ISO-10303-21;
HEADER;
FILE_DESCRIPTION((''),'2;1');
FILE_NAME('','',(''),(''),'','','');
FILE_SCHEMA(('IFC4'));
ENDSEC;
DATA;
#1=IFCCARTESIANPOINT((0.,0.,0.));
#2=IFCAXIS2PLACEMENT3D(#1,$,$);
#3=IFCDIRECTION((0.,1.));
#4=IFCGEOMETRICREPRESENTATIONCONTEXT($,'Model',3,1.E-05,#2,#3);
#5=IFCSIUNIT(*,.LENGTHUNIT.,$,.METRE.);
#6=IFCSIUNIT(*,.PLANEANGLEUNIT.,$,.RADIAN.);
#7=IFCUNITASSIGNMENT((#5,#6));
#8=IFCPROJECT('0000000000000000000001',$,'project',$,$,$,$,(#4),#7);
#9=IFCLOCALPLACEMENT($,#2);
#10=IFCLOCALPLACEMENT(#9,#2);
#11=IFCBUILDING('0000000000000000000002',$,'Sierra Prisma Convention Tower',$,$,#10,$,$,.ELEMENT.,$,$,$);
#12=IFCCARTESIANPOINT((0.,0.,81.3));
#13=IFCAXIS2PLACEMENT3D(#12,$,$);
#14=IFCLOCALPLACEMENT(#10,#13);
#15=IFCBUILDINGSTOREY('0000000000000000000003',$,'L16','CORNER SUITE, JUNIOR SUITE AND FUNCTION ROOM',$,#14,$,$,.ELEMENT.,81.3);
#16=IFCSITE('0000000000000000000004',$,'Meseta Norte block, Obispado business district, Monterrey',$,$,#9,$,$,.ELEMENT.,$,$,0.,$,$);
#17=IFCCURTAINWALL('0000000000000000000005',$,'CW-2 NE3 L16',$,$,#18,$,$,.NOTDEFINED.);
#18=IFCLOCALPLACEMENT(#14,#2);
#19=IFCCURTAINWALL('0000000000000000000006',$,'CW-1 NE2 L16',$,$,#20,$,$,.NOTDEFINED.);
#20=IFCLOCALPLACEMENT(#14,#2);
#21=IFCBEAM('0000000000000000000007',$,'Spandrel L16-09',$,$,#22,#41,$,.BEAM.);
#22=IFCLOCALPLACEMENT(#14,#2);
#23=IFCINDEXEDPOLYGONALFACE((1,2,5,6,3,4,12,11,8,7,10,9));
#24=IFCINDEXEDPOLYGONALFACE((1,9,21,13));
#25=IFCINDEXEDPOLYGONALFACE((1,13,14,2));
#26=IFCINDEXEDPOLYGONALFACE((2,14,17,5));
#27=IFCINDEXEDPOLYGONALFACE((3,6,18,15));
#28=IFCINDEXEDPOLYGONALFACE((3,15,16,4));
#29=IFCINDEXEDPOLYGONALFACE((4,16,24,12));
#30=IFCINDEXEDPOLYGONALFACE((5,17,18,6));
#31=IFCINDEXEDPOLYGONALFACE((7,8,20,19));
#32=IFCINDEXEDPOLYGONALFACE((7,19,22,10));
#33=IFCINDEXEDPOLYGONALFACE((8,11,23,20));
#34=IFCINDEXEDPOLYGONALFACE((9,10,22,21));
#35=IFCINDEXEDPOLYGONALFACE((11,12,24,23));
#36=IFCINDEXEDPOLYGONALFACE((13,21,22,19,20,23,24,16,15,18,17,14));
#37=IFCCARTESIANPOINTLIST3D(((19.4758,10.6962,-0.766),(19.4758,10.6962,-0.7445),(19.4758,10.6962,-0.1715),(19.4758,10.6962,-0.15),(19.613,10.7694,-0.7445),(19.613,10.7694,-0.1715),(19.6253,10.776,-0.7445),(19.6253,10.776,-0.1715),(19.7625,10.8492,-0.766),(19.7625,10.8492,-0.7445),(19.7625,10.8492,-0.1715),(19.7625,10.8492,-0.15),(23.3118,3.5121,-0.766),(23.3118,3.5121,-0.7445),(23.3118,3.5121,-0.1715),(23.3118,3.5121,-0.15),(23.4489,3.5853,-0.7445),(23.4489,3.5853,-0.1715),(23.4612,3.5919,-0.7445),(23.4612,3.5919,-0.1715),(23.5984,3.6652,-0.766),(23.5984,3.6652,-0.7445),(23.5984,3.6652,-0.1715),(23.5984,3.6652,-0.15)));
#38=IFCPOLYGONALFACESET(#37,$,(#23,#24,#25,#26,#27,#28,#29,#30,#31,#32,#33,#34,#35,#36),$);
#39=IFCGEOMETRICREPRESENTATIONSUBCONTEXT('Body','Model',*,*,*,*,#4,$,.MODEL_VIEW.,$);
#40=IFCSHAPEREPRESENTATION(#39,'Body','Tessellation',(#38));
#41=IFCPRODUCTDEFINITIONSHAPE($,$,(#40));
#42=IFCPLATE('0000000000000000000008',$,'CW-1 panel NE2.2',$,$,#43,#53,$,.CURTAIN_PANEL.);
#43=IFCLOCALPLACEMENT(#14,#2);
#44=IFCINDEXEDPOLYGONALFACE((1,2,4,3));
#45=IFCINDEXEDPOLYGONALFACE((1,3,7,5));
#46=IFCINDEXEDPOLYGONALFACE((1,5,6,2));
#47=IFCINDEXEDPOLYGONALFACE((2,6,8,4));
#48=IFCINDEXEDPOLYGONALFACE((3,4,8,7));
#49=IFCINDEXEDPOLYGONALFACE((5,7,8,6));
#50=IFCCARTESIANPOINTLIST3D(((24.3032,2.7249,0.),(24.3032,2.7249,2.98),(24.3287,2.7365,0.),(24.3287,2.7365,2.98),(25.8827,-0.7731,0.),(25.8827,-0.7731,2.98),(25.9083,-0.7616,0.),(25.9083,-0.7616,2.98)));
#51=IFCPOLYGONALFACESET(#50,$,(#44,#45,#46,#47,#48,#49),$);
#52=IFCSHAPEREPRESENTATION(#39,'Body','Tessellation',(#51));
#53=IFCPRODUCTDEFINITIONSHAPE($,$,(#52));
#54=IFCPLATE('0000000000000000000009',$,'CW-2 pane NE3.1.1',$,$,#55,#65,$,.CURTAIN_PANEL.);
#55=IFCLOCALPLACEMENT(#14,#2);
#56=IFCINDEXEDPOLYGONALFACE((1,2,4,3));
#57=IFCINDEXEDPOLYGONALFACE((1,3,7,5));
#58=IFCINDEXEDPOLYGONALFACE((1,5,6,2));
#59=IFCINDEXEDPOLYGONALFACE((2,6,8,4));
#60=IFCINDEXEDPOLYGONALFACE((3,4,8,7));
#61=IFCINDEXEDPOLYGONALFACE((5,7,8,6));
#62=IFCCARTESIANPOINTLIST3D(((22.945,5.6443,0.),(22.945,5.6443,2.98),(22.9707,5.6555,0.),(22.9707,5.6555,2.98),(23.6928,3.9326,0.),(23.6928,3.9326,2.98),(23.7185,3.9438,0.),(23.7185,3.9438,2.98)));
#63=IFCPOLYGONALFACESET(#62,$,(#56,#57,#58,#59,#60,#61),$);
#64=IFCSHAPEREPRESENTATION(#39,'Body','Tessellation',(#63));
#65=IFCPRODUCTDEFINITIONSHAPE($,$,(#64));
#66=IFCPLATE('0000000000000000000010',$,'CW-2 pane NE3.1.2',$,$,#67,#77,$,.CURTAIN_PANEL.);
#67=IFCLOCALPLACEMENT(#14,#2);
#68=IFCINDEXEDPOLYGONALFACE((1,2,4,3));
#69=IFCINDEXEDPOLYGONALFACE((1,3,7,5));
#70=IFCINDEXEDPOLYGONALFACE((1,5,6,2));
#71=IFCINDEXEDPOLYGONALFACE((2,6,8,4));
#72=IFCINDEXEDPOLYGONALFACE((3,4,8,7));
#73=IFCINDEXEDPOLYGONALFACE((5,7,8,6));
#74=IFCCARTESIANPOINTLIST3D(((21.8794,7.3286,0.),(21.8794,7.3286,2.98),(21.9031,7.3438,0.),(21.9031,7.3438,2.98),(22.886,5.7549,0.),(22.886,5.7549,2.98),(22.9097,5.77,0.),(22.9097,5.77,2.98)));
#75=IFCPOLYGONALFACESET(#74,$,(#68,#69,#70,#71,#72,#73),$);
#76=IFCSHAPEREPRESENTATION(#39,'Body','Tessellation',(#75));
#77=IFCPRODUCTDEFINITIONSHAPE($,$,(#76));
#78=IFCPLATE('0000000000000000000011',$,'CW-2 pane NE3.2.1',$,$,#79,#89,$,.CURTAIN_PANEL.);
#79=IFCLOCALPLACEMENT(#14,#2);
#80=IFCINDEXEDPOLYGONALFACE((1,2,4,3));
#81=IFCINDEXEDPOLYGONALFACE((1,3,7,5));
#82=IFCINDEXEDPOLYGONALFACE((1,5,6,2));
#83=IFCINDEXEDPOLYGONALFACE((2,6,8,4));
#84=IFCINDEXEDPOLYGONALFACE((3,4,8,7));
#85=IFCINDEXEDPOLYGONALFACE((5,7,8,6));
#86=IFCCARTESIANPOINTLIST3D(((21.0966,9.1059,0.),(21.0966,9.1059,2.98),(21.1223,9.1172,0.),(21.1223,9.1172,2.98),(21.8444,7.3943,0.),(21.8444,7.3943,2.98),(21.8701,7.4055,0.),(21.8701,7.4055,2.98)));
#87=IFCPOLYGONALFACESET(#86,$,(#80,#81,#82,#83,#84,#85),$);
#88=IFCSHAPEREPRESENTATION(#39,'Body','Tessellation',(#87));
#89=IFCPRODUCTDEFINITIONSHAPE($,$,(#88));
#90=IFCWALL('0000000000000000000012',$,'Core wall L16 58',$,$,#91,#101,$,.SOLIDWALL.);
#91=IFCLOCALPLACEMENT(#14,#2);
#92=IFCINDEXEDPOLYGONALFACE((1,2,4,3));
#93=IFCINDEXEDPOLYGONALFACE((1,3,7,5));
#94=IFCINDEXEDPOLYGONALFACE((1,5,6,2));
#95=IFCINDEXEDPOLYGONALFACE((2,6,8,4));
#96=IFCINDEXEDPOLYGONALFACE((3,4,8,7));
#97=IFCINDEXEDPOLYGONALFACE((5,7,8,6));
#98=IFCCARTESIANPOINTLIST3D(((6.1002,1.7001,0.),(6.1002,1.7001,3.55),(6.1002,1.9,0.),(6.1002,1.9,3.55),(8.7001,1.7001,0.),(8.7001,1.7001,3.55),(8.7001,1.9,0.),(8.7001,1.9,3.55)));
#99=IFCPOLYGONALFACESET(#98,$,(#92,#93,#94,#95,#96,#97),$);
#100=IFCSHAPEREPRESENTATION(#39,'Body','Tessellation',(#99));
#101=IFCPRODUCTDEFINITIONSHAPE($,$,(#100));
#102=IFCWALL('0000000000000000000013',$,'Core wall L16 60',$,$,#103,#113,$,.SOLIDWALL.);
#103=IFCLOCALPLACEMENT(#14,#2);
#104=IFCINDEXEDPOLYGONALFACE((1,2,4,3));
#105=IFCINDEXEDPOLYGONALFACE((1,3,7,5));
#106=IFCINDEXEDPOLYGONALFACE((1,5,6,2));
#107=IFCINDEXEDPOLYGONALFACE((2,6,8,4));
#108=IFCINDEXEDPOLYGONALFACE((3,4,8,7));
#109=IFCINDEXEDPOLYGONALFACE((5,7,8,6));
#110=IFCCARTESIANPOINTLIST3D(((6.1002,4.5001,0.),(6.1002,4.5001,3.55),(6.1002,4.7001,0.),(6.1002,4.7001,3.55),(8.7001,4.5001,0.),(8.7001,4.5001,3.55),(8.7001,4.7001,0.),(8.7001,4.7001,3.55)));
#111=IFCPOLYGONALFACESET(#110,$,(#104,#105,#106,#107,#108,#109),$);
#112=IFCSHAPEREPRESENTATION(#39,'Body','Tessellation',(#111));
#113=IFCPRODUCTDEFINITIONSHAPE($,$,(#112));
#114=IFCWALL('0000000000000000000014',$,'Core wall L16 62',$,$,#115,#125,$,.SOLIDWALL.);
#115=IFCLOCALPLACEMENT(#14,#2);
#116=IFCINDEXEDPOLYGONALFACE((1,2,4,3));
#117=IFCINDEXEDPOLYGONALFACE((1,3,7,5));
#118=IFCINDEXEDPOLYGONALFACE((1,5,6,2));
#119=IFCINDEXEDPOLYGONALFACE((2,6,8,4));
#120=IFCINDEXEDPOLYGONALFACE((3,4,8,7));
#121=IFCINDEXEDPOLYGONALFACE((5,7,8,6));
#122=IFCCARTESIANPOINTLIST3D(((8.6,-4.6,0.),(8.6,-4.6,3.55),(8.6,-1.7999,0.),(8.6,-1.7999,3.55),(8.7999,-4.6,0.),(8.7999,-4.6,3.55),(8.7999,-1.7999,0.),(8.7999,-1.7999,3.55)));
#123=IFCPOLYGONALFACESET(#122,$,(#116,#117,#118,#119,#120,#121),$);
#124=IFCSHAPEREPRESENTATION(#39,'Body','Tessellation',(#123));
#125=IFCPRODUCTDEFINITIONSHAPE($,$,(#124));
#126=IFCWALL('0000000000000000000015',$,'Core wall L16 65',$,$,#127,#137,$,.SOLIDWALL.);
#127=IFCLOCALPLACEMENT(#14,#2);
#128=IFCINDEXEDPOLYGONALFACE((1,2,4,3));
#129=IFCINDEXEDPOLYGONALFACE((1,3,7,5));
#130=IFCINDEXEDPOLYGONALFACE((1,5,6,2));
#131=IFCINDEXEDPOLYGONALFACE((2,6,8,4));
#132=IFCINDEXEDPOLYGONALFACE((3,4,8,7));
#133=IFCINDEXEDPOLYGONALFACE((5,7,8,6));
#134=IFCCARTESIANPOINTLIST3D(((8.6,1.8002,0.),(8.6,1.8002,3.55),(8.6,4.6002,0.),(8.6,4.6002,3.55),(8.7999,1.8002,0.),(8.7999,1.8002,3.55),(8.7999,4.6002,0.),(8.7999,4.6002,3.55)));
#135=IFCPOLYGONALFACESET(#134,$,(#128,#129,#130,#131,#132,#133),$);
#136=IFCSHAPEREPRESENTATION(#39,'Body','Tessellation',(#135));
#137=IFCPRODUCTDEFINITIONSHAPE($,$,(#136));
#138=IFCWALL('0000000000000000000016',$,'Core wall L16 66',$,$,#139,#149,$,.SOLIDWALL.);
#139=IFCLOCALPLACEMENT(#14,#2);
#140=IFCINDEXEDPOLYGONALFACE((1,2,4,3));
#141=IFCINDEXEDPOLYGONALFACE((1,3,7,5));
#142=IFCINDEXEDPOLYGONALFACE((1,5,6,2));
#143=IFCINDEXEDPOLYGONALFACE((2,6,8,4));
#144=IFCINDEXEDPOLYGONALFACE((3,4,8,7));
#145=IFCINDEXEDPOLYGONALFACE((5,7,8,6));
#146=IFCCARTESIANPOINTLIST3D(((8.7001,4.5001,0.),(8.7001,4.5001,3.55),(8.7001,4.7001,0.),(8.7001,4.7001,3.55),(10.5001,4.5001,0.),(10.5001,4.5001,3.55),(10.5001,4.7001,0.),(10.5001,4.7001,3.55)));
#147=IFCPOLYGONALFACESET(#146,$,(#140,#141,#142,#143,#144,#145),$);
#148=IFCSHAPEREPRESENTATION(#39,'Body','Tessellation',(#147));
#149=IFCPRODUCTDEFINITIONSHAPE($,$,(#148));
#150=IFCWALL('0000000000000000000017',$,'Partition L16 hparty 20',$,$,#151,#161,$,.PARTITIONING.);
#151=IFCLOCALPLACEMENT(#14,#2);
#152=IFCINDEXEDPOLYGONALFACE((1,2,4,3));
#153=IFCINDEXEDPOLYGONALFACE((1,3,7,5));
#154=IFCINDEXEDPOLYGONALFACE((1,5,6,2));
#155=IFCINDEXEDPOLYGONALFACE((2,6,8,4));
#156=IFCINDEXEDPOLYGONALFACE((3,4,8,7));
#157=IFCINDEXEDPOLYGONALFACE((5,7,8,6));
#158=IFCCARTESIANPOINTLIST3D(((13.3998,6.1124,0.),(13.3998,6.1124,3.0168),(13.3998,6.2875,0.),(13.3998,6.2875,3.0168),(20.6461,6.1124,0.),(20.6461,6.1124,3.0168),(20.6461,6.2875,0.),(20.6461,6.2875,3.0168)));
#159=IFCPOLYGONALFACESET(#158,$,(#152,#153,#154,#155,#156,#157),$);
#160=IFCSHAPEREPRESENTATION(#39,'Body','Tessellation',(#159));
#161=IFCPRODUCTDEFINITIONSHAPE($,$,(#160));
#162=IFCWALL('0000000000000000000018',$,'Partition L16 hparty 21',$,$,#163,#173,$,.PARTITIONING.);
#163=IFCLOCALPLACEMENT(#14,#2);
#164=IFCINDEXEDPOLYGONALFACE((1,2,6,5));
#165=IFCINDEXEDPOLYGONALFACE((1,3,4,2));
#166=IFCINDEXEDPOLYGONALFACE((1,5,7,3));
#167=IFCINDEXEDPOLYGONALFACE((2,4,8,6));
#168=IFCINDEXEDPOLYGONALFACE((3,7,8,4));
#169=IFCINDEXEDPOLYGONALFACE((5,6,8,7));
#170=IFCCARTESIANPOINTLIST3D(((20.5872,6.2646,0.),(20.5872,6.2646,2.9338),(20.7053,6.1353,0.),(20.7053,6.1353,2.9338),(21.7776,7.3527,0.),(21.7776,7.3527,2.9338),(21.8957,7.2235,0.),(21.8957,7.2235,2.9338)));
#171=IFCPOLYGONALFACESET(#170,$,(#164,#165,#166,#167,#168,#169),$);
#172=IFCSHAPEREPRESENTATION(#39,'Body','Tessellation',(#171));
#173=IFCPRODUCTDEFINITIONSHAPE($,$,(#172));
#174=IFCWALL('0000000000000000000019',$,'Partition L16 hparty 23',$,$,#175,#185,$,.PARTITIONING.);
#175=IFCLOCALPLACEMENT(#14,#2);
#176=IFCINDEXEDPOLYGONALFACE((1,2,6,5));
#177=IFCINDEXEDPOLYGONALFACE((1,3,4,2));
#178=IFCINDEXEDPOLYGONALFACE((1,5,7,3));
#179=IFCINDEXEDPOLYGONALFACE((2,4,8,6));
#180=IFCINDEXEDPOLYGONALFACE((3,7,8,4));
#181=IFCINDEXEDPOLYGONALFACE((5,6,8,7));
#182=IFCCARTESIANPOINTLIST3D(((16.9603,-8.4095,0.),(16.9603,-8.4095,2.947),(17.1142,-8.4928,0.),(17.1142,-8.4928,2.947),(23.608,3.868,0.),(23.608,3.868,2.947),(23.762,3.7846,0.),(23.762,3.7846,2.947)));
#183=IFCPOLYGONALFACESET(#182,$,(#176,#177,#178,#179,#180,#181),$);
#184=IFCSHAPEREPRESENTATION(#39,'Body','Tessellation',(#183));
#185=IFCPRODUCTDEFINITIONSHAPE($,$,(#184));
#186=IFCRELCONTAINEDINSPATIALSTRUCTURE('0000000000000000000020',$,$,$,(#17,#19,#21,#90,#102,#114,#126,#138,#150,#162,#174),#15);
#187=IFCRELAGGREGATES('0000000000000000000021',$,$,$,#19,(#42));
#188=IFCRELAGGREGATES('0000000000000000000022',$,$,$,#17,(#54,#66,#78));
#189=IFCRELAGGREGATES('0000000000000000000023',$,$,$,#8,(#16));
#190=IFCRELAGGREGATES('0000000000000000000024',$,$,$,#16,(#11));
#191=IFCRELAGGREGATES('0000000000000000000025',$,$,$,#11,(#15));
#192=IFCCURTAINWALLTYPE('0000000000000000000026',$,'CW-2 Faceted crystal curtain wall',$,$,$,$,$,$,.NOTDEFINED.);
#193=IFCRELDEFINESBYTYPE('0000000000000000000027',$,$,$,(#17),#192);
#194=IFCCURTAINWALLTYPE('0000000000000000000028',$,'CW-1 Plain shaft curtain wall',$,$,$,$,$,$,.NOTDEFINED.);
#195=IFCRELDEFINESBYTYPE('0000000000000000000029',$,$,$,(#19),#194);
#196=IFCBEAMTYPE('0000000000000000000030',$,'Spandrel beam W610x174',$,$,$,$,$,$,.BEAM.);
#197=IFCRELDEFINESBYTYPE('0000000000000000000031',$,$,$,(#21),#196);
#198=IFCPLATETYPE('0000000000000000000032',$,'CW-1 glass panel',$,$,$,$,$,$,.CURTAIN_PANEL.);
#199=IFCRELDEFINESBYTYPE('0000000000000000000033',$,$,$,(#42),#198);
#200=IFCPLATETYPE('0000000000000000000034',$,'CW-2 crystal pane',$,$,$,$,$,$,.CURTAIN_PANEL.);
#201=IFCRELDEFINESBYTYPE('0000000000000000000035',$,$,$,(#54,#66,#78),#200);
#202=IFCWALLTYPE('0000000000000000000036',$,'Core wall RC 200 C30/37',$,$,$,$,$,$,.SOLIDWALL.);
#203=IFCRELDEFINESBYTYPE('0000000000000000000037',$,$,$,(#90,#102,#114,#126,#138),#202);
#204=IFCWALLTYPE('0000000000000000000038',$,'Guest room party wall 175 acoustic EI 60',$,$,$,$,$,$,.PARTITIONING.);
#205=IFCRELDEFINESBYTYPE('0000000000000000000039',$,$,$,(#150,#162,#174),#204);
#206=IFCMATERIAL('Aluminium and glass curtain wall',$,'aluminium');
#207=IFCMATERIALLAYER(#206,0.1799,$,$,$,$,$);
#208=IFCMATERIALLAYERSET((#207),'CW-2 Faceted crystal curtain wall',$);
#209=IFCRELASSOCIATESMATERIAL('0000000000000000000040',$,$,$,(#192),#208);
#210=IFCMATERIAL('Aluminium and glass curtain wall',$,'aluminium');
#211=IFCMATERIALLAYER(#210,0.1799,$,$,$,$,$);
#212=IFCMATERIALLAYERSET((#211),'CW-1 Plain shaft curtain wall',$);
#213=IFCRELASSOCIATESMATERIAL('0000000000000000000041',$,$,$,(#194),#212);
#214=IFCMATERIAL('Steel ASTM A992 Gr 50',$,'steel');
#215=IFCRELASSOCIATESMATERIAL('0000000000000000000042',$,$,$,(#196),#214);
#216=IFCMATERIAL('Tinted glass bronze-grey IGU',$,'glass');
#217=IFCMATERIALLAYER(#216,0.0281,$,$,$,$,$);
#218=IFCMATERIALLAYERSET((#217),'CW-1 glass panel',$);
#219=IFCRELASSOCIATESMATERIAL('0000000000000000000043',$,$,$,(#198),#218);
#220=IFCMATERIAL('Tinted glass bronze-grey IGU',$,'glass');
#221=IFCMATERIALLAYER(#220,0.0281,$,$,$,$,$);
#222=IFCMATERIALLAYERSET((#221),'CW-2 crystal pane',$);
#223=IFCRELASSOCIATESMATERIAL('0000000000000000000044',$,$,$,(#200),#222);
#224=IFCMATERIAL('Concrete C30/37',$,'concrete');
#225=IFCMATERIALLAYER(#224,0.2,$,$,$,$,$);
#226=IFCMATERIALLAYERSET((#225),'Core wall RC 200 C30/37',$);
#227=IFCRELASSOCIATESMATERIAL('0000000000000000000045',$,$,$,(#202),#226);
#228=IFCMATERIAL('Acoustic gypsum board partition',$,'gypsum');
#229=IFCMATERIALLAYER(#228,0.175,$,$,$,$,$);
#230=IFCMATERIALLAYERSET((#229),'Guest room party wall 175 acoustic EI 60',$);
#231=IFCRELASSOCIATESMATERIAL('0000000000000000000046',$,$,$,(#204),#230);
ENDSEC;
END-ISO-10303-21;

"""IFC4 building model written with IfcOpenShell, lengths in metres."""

from ifc_helpers import new_model, si_unit, direction, frame, frame_2d, origin, origin_2d, place, context, subcontext, project, spatial, polyline, rectangle, i_section, outline, extrude, material, layer, layer_set, material_profile, profile_set, type_object, element, aggregate, save


model = new_model("IFC4")

# Units and contexts
model_context = context("Model", 3, precision=1e-05, world=origin(), true_north=direction((0.0, 1.0)))
body_context = subcontext(model_context, "Body", "Model", "MODEL_VIEW")
ifc_project = project(units=[si_unit("LENGTHUNIT", "METRE"), si_unit("PLANEANGLEUNIT", "RADIAN")], contexts=[model_context])

# Site, building, storey
site_placement = place(None, origin())
site = spatial("IfcSite", under=ifc_project, at=site_placement, Name="Meseta Norte block, Obispado business district, Monterrey", CompositionType="ELEMENT", RefElevation=0.0)
building_placement = place(site_placement, origin())
building = spatial("IfcBuilding", under=site, at=building_placement, Name="Sierra Prisma Convention Tower", CompositionType="ELEMENT")
storey_placement = place(building_placement, frame((0.0, 0.0, 81.3)))
storey = spatial("IfcBuildingStorey", under=building, at=storey_placement, Name="L16", Description="CORNER SUITE, JUNIOR SUITE AND FUNCTION ROOM", CompositionType="ELEMENT", Elevation=81.3)

# Curtain walls
ifc_material_1 = material(Name="Aluminium and glass curtain wall", Category="aluminium")
ifc_layer_1 = layer(ifc_material_1, 0.1799)
ifc_layer_set_1 = layer_set([ifc_layer_1], Name="CW-2 Faceted crystal curtain wall")
curtain_wall_type_1 = type_object("IfcCurtainWallType", Name="CW-2 Faceted crystal curtain wall", PredefinedType="NOTDEFINED", material=ifc_layer_set_1)
curtain_wall_1_placement = place(storey_placement, origin())
curtain_wall_1 = element("IfcCurtainWall", 1, at=curtain_wall_1_placement, inside=storey, type_object=curtain_wall_type_1, Name="CW-2 NE3 L16", PredefinedType="NOTDEFINED")
ifc_material_2 = material(Name="Aluminium and glass curtain wall", Category="aluminium")
ifc_layer_2 = layer(ifc_material_2, 0.1799)
ifc_layer_set_2 = layer_set([ifc_layer_2], Name="CW-1 Plain shaft curtain wall")
curtain_wall_type_2 = type_object("IfcCurtainWallType", Name="CW-1 Plain shaft curtain wall", PredefinedType="NOTDEFINED", material=ifc_layer_set_2)
curtain_wall_2_placement = place(storey_placement, origin())
curtain_wall_2 = element("IfcCurtainWall", 2, at=curtain_wall_2_placement, inside=storey, type_object=curtain_wall_type_2, Name="CW-1 NE2 L16", PredefinedType="NOTDEFINED")

# Beam
ifc_material_3 = material(Name="Steel ASTM A992 Gr 50", Category="steel")
ifc_material_profile_1 = material_profile(ifc_material_3, i_section(OverallWidth=0.325, OverallDepth=0.616, WebThickness=0.0139, FlangeThickness=0.0215, at=origin_2d()), Name="W610x174")
ifc_profile_set_1 = profile_set([ifc_material_profile_1], Name="Steel ASTM A992 Gr 50")
beam_type_1 = type_object("IfcBeamType", Name="Spandrel beam W610x174", PredefinedType="BEAM", material=ifc_profile_set_1)
beam_1_placement = place(storey_placement, frame((23.4551, 3.5886, -0.458), z_axis=(-0.471011, 0.882127, 0.0), x_axis=(-0.882127, -0.471011, 0.0)))
element("IfcBeam", 3, at=beam_1_placement, inside=storey, type_object=beam_type_1, Name="Spandrel L16-09", PredefinedType="BEAM", context=body_context, shape_type="SweptSolid", body=[
    extrude(i_section(OverallWidth=0.325, OverallDepth=0.616, WebThickness=0.0139, FlangeThickness=0.0215, at=origin_2d()), origin(), (0.0, 0.0, 1.0), 8.144),
])

# Plates
ifc_material_4 = material(Name="Tinted glass bronze-grey IGU", Category="glass")
ifc_layer_3 = layer(ifc_material_4, 0.0281)
ifc_layer_set_3 = layer_set([ifc_layer_3], Name="CW-1 glass panel")
plate_type_1 = type_object("IfcPlateType", Name="CW-1 glass panel", PredefinedType="CURTAIN_PANEL", material=ifc_layer_set_3)
plate_1_placement = place(storey_placement, frame((25.1057, 0.9817, 0.0), z_axis=(0.0, 0.0, 1.0), x_axis=(-0.411534, 0.911394, 0.0)))
plate_1 = element("IfcPlate", 4, at=plate_1_placement, type_object=plate_type_1, Name="CW-1 panel NE2.2", PredefinedType="CURTAIN_PANEL", context=body_context, shape_type="SweptSolid", body=[
    extrude(rectangle(XDim=3.8381, YDim=0.0281, at=origin_2d()), origin(), (0.0, 0.0, 1.0), 2.98),
])
aggregate(curtain_wall_2, [plate_1])
ifc_material_5 = material(Name="Tinted glass bronze-grey IGU", Category="glass")
ifc_layer_4 = layer(ifc_material_5, 0.0281)
ifc_layer_set_4 = layer_set([ifc_layer_4], Name="CW-2 crystal pane")
plate_type_2 = type_object("IfcPlateType", Name="CW-2 crystal pane", PredefinedType="CURTAIN_PANEL", material=ifc_layer_set_4)
plate_2_placement = place(storey_placement, frame((23.7185, 3.9438, 0.0), z_axis=(0.916364, 0.400346, 0.0), x_axis=(-0.400346, 0.916364, 0.0)))
plate_2 = element("IfcPlate", 5, at=plate_2_placement, type_object=plate_type_2, Name="CW-2 pane NE3.1.1", PredefinedType="CURTAIN_PANEL", context=body_context, shape_type="SweptSolid", body=[
    extrude(outline(polyline([(0.0, 0.0), (1.8679, 0.0), (1.8679, 2.98), (0.0, 2.98), (0.0, 0.0)])), origin(), (0.0, 0.0, -1.0), 0.0281),
])
plate_3_placement = place(storey_placement, frame((21.9031, 7.3438, 0.0), z_axis=(0.842416, 0.538827, 0.0), x_axis=(0.538827, -0.842416, 0.0)))
plate_3 = element("IfcPlate", 6, at=plate_3_placement, type_object=plate_type_2, Name="CW-2 pane NE3.1.2", PredefinedType="CURTAIN_PANEL", context=body_context, shape_type="SweptSolid", body=[
    extrude(outline(polyline([(0.0, 0.0), (1.8681, 0.0), (1.8681, -2.98), (0.0, -2.98), (0.0, 0.0)])), origin(), (0.0, 0.0, -1.0), 0.0281),
])
plate_4_placement = place(storey_placement, frame((21.8701, 7.4055, 0.0), z_axis=(0.916364, 0.400346, 0.0), x_axis=(-0.400346, 0.916364, 0.0)))
plate_4 = element("IfcPlate", 7, at=plate_4_placement, type_object=plate_type_2, Name="CW-2 pane NE3.2.1", PredefinedType="CURTAIN_PANEL", context=body_context, shape_type="SweptSolid", body=[
    extrude(outline(polyline([(0.0, 0.0), (1.8679, 0.0), (1.8679, 2.98), (0.0, 2.98), (0.0, 0.0)])), origin(), (0.0, 0.0, -1.0), 0.0281),
])
aggregate(curtain_wall_1, [plate_2, plate_3, plate_4])

# Walls
ifc_material_6 = material(Name="Concrete C30/37", Category="concrete")
ifc_layer_5 = layer(ifc_material_6, 0.2)
ifc_layer_set_5 = layer_set([ifc_layer_5], Name="Core wall RC 200 C30/37")
wall_type_1 = type_object("IfcWallType", Name="Core wall RC 200 C30/37", PredefinedType="SOLIDWALL", material=ifc_layer_set_5)
for number, where, z_axis, x_axis, name in (
    (8, (8.7, 1.8, 0.0), (0.0, 0.0, 1.0), (-1.0, 0.0, 0.0), "Core wall L16 58"),
    (9, (8.7, 4.6001, 0.0), (0.0, 0.0, 1.0), (-1.0, 0.0, 0.0), "Core wall L16 60"),
):
    element("IfcWall", number, at=place(storey_placement, frame(where, z_axis=z_axis, x_axis=x_axis)), inside=storey, type_object=wall_type_1, Name=name, PredefinedType="SOLIDWALL", context=body_context, shape_type="SweptSolid", body=[
        extrude(rectangle(XDim=2.5999, YDim=0.2, at=frame_2d((1.2998, 0.0))), origin(), (0.0, 0.0, 1.0), 3.55),
    ])
wall_1_placement = place(storey_placement, frame((8.7, -1.8, 0.0), z_axis=(0.0, 0.0, 1.0), x_axis=(0.0, -1.0, 0.0)))
element("IfcWall", 10, at=wall_1_placement, inside=storey, type_object=wall_type_1, Name="Core wall L16 62", PredefinedType="SOLIDWALL", context=body_context, shape_type="SweptSolid", body=[
    extrude(rectangle(XDim=2.8, YDim=0.2, at=frame_2d((1.3999, 0.0))), origin(), (0.0, 0.0, 1.0), 3.55),
])

# Walls
wall_2_placement = place(storey_placement, frame((8.7, 4.6001, 0.0), z_axis=(0.0, 0.0, 1.0), x_axis=(0.0, -1.0, 0.0)))
element("IfcWall", 11, at=wall_2_placement, inside=storey, type_object=wall_type_1, Name="Core wall L16 65", PredefinedType="SOLIDWALL", context=body_context, shape_type="SweptSolid", body=[
    extrude(rectangle(XDim=2.8, YDim=0.2, at=frame_2d((1.3999, 0.0))), origin(), (0.0, 0.0, 1.0), 3.55),
])
wall_3_placement = place(storey_placement, frame((10.5, 4.6001, 0.0), z_axis=(0.0, 0.0, 1.0), x_axis=(-1.0, 0.0, 0.0)))
element("IfcWall", 12, at=wall_3_placement, inside=storey, type_object=wall_type_1, Name="Core wall L16 66", PredefinedType="SOLIDWALL", context=body_context, shape_type="SweptSolid", body=[
    extrude(rectangle(XDim=1.8, YDim=0.2, at=frame_2d((0.8999, 0.0))), origin(), (0.0, 0.0, 1.0), 3.55),
])
ifc_material_7 = material(Name="Acoustic gypsum board partition", Category="gypsum")
ifc_layer_6 = layer(ifc_material_7, 0.175)
ifc_layer_set_6 = layer_set([ifc_layer_6], Name="Guest room party wall 175 acoustic EI 60")
wall_type_2 = type_object("IfcWallType", Name="Guest room party wall 175 acoustic EI 60", PredefinedType="PARTITIONING", material=ifc_layer_set_6)
wall_4_placement = place(storey_placement, frame((13.3999, 6.2, 0.0), z_axis=(0.0, 0.0, 1.0), x_axis=(1.0, 0.0, 0.0)))
element("IfcWall", 13, at=wall_4_placement, inside=storey, type_object=wall_type_2, Name="Partition L16 hparty 20", PredefinedType="PARTITIONING", context=body_context, shape_type="SweptSolid", body=[
    extrude(rectangle(XDim=7.2463, YDim=0.175, at=frame_2d((3.623, 0.0))), origin(), (0.0, 0.0, 1.0), 3.0168),
])
wall_5_placement = place(storey_placement, frame((20.6462, 6.2, 0.0), z_axis=(0.0, 0.0, 1.0), x_axis=(0.738108, 0.674682, 0.0)))
element("IfcWall", 14, at=wall_5_placement, inside=storey, type_object=wall_type_2, Name="Partition L16 hparty 21", PredefinedType="PARTITIONING", context=body_context, shape_type="SweptSolid", body=[
    extrude(rectangle(XDim=1.6128, YDim=0.175, at=frame_2d((0.8064, 0.0))), origin(), (0.0, 0.0, 1.0), 2.9338),
])
wall_6_placement = place(storey_placement, frame((23.6851, 3.8264, 0.0), z_axis=(0.0, 0.0, 1.0), x_axis=(-0.476143, -0.879368, 0.0)))
element("IfcWall", 15, at=wall_6_placement, inside=storey, type_object=wall_type_2, Name="Partition L16 hparty 23", PredefinedType="PARTITIONING", context=body_context, shape_type="SweptSolid", body=[
    extrude(rectangle(XDim=13.9617, YDim=0.175, at=frame_2d((6.981, 0.0))), origin(), (0.0, 0.0, 1.0), 2.947),
])

save(model, "model.ifc")
